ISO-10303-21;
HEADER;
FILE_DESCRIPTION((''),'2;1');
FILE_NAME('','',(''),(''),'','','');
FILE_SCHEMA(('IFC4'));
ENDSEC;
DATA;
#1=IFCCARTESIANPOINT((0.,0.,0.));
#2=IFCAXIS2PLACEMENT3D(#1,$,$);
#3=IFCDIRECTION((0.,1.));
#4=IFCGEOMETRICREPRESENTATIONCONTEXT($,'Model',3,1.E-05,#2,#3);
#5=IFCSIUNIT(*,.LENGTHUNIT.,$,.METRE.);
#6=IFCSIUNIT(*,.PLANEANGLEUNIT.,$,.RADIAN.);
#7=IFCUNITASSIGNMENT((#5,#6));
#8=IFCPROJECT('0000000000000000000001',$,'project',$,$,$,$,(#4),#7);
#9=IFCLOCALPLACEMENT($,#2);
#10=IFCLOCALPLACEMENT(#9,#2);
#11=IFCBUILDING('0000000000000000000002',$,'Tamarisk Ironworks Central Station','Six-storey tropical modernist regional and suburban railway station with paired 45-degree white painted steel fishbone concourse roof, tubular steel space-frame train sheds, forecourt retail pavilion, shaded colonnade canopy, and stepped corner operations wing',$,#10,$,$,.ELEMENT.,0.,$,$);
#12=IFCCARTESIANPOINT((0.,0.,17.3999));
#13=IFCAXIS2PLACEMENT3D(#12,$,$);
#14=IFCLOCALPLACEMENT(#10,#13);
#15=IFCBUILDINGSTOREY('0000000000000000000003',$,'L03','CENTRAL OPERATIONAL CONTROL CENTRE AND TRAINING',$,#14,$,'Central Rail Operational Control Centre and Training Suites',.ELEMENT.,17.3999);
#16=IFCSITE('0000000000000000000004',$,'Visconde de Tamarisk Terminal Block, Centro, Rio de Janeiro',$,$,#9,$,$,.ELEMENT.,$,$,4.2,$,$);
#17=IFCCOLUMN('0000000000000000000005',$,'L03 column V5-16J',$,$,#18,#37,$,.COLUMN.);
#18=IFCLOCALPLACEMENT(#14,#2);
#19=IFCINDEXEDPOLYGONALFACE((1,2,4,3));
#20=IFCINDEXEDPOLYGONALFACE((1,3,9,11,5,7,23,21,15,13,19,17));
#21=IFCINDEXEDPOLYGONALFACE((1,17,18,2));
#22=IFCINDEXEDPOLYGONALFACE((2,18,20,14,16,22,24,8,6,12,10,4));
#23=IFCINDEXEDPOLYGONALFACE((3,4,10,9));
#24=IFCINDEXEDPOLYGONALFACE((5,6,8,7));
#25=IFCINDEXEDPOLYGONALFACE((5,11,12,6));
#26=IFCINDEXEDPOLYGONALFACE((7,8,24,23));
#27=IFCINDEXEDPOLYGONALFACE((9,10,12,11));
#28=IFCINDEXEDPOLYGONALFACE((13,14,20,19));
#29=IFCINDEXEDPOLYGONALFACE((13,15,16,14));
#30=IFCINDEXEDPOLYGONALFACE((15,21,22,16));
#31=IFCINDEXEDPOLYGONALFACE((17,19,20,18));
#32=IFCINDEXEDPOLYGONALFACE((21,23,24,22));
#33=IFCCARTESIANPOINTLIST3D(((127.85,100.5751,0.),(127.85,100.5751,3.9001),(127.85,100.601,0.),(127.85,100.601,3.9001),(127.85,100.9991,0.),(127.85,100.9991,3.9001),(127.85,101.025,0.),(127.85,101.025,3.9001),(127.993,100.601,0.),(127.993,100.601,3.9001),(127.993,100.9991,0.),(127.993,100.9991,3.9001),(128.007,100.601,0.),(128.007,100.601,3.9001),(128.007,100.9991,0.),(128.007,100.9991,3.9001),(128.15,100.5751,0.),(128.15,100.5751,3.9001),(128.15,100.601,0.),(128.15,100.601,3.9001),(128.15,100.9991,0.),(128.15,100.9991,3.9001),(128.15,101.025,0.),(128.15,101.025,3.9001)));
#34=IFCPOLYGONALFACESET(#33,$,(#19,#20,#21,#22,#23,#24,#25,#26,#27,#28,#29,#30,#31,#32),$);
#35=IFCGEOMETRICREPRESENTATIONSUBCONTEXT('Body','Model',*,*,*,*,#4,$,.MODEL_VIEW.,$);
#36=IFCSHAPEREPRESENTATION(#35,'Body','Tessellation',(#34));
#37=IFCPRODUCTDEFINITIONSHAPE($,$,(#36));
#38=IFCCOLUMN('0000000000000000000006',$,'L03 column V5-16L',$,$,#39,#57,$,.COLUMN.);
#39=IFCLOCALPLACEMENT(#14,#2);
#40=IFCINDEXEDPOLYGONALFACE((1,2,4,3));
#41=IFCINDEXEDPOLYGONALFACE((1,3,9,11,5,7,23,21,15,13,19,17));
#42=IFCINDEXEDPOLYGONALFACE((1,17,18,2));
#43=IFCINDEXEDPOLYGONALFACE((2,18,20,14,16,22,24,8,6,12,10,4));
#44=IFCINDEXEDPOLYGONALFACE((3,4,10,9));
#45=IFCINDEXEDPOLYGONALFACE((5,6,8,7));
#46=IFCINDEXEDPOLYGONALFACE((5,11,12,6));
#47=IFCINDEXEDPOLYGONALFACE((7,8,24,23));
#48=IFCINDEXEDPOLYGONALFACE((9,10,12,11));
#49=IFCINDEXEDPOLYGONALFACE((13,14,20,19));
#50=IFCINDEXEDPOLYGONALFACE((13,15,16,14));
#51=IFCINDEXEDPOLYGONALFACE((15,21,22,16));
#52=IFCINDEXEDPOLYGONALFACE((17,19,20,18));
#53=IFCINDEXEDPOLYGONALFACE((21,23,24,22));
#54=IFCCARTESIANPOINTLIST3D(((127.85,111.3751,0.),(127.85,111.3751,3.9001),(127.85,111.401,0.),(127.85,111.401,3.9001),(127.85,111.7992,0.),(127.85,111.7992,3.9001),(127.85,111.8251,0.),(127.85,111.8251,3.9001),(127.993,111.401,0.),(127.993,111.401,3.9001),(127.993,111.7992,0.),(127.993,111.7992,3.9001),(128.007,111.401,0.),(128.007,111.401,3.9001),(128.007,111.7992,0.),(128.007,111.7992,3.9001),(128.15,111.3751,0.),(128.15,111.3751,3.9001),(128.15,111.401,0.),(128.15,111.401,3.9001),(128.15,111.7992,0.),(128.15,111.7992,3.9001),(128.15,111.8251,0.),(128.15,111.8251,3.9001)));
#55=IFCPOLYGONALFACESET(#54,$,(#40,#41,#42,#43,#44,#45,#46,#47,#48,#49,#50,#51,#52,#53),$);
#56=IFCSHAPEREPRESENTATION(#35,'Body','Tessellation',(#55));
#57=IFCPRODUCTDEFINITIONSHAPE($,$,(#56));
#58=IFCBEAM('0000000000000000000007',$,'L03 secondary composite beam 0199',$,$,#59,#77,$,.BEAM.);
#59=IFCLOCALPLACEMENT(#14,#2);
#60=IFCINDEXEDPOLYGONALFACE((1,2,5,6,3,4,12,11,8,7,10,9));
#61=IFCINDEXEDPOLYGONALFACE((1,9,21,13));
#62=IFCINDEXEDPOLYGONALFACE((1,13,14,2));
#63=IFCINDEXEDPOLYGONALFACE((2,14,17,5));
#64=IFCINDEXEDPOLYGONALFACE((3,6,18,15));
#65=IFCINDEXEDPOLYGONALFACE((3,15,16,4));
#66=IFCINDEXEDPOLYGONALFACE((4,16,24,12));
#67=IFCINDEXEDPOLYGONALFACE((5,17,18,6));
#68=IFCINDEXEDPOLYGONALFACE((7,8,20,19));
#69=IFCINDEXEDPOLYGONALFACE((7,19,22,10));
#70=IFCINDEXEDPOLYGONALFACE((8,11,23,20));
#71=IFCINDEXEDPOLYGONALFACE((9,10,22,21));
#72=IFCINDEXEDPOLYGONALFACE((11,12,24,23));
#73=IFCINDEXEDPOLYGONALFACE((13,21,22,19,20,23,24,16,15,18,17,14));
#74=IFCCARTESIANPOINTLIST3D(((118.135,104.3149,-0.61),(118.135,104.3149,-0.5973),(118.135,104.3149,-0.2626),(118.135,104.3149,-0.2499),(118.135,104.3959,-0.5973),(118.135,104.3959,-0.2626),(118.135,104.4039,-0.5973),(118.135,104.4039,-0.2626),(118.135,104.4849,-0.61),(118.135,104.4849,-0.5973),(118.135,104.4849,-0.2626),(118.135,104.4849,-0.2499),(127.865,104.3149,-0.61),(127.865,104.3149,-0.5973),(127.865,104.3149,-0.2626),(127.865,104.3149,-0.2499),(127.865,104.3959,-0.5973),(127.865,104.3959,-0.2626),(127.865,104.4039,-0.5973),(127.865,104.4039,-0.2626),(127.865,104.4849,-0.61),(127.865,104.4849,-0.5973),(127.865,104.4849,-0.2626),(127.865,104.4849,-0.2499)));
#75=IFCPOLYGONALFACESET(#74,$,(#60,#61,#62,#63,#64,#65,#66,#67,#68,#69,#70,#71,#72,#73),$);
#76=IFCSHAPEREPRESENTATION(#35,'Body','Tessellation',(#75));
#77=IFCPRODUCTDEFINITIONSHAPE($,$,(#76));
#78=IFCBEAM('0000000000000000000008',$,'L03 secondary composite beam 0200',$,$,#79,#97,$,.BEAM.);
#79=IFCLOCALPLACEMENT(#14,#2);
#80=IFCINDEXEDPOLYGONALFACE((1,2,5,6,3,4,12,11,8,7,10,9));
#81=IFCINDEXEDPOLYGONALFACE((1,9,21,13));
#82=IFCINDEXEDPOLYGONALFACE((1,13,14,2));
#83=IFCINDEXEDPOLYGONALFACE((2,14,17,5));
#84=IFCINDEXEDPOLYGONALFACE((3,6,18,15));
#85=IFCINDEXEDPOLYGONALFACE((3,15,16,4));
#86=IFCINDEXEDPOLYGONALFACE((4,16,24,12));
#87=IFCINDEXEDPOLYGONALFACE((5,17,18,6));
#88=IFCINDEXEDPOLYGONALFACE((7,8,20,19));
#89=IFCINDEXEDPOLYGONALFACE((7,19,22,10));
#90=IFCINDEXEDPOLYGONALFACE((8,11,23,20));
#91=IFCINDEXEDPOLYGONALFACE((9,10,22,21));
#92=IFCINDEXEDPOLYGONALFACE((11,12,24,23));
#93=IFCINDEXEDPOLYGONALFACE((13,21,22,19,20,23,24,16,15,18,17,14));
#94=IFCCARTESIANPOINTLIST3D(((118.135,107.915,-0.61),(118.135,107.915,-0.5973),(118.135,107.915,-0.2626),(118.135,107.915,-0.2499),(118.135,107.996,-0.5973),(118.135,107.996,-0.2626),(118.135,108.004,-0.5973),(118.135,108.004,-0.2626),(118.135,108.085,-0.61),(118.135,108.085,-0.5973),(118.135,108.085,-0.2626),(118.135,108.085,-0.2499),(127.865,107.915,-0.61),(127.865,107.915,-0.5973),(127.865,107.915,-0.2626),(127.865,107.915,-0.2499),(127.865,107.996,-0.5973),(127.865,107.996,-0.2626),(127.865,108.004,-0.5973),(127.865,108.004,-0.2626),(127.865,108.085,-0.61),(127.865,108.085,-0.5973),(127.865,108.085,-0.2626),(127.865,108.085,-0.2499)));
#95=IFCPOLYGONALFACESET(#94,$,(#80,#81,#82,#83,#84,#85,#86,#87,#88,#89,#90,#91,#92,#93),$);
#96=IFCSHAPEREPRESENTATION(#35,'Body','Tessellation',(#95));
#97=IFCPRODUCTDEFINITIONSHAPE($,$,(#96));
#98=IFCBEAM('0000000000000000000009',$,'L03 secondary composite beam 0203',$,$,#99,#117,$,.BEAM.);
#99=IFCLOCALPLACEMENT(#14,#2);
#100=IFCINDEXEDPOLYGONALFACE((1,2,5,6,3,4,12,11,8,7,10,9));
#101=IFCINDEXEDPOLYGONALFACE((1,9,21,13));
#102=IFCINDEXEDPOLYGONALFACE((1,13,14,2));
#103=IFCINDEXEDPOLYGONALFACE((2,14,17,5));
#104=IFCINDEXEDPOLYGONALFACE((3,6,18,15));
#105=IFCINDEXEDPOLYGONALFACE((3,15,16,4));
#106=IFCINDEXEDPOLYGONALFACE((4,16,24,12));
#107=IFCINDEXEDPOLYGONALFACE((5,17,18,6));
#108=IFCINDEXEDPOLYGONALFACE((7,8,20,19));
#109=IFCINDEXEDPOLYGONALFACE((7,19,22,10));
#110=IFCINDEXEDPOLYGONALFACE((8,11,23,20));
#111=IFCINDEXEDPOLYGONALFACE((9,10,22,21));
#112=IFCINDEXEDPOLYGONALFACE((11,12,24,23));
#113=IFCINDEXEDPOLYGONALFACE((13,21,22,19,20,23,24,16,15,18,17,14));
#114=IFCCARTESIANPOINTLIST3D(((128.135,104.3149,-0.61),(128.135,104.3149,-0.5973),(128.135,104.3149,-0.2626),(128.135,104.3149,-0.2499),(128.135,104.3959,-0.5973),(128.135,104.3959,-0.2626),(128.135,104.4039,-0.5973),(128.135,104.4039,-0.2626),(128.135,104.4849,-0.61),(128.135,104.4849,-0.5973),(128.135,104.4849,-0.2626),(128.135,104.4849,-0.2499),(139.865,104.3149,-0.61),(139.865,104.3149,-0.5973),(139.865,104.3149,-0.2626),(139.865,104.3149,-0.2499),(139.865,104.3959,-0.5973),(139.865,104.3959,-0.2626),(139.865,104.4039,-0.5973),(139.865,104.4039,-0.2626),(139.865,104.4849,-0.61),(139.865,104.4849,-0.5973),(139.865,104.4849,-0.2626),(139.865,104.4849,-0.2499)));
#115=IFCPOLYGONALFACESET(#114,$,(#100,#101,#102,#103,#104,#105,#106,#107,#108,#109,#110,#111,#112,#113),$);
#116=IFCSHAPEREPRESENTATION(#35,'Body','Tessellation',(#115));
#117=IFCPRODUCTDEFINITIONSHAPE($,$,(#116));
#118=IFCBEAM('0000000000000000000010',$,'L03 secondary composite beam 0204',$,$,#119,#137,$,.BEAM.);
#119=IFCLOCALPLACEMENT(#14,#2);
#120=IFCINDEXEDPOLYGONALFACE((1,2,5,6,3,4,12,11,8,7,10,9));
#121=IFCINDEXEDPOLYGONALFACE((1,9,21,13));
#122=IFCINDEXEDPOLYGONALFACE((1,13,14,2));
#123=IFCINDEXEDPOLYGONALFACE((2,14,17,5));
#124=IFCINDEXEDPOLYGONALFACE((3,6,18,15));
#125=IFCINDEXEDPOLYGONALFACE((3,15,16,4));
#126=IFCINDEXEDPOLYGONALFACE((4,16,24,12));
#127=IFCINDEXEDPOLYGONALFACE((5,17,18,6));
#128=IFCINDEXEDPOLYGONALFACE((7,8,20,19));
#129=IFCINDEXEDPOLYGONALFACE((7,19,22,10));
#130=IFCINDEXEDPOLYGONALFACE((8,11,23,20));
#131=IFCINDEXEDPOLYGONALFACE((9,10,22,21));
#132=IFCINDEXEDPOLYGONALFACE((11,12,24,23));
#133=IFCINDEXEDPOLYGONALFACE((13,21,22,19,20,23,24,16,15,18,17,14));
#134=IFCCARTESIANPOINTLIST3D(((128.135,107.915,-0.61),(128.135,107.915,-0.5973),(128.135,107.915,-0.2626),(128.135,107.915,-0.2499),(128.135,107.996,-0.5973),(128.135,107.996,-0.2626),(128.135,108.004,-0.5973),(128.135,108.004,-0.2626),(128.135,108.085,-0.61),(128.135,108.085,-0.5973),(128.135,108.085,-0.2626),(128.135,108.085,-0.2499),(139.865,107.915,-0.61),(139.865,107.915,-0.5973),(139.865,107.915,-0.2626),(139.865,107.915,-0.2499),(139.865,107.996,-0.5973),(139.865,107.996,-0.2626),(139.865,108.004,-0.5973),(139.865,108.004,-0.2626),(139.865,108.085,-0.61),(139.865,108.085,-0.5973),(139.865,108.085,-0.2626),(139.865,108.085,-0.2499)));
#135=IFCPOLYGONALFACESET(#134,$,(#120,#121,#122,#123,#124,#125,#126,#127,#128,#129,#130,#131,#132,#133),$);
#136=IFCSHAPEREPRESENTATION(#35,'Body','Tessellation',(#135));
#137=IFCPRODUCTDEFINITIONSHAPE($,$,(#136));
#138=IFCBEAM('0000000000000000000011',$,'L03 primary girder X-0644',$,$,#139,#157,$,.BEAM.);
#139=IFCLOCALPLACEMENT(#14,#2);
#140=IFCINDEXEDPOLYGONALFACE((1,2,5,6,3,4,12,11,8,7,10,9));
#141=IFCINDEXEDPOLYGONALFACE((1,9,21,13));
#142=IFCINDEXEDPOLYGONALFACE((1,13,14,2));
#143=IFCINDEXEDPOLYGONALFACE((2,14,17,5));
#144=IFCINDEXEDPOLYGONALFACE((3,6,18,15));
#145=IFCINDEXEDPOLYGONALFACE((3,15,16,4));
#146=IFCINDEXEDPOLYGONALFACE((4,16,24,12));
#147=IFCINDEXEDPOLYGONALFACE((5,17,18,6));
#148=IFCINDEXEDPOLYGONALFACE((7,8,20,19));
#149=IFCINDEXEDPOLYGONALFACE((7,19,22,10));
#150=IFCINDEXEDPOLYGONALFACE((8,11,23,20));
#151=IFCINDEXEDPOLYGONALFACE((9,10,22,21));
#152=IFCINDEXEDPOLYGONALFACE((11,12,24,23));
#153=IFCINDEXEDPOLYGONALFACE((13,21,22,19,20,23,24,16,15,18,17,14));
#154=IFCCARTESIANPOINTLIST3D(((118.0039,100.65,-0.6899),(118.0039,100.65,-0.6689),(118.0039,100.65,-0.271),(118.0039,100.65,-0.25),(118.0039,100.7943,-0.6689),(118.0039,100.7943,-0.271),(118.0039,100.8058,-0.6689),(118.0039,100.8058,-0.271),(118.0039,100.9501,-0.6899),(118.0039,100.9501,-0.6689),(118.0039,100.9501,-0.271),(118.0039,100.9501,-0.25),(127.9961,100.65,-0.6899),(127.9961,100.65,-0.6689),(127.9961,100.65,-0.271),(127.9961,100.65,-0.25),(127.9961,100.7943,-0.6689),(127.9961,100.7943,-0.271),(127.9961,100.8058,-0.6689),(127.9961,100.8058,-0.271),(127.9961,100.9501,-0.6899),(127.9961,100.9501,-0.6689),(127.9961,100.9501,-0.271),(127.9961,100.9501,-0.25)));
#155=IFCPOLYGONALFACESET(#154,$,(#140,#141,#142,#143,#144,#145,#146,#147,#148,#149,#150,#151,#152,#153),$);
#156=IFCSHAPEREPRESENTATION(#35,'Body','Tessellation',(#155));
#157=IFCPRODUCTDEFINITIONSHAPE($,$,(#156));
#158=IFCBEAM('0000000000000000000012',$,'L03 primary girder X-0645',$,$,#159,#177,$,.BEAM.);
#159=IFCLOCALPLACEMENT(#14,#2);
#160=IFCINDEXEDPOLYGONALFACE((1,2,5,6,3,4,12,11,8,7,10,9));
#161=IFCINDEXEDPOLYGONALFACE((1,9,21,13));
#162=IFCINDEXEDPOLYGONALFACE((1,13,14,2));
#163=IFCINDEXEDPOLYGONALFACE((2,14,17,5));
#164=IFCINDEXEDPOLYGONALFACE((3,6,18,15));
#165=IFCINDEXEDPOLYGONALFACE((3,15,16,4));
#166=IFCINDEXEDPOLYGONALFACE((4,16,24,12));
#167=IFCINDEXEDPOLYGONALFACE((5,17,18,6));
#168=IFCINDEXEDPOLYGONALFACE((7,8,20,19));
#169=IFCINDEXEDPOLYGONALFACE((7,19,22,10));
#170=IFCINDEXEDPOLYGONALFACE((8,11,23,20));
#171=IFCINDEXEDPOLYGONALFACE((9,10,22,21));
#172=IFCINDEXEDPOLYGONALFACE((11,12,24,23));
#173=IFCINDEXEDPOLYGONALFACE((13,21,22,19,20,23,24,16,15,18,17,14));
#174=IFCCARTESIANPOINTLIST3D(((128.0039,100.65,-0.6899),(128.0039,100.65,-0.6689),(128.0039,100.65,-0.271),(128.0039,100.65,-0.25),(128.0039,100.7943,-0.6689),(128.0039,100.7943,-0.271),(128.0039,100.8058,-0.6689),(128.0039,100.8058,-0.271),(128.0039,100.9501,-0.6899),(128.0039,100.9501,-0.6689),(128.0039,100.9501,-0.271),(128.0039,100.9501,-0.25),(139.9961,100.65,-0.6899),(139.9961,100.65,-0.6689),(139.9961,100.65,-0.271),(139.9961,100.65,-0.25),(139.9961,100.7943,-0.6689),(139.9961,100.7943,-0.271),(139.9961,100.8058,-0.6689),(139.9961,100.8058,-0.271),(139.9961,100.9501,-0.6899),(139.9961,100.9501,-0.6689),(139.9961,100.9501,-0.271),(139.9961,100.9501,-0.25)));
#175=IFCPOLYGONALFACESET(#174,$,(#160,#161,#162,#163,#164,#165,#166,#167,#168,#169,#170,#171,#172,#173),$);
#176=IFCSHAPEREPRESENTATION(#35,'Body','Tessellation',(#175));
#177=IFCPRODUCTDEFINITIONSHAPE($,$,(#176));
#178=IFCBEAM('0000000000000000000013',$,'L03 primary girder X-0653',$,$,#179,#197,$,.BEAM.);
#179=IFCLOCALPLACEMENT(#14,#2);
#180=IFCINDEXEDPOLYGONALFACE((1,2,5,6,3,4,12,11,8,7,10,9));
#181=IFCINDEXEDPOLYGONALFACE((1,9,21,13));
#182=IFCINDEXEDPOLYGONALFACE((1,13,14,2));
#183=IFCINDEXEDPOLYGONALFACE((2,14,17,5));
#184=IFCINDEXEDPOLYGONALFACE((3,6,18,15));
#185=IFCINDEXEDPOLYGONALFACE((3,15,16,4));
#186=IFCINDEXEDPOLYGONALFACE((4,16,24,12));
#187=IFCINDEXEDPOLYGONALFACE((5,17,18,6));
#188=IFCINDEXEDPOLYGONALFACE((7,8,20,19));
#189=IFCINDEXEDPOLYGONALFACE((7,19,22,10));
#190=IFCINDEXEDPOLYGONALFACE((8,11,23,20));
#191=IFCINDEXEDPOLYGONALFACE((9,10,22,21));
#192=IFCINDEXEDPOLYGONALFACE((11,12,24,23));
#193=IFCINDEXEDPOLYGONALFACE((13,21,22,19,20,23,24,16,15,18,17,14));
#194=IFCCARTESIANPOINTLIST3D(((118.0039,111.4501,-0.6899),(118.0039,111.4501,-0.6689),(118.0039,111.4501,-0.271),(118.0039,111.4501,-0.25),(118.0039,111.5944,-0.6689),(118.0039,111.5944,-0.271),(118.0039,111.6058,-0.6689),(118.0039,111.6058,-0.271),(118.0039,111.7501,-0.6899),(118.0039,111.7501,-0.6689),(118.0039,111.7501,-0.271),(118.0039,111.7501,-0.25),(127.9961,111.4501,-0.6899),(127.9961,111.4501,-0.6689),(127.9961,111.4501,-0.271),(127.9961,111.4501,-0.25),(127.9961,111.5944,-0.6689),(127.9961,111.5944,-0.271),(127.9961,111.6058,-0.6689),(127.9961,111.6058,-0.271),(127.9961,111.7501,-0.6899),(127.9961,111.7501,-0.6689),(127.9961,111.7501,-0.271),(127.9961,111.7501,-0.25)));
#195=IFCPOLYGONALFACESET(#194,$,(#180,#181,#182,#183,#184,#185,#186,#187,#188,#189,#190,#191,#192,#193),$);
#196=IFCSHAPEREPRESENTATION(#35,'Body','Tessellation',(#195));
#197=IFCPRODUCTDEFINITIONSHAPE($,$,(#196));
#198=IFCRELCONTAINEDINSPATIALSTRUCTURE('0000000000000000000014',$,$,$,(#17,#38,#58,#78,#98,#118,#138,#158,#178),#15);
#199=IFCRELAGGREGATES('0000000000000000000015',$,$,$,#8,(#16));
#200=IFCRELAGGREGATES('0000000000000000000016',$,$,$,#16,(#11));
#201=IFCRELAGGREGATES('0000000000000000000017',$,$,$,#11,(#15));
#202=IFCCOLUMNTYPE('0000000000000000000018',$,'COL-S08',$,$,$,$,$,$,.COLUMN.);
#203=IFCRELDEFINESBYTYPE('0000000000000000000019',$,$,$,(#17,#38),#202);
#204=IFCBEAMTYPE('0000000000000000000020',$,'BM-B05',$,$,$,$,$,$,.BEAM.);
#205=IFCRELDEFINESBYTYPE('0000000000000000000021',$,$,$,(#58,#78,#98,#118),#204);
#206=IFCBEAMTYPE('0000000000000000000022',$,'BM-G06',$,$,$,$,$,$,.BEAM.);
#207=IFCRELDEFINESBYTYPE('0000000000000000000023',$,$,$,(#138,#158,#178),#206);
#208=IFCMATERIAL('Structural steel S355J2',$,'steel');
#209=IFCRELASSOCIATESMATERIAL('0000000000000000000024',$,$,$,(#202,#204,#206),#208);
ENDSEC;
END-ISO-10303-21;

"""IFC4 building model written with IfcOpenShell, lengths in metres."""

from ifc_helpers import new_model, si_unit, direction, frame, origin, origin_2d, place, context, subcontext, project, spatial, i_section, extrude, material, material_profile, profile_set, type_object, element, save


model = new_model("IFC4")

# Units and contexts
model_context = context("Model", 3, precision=1e-05, world=origin(), true_north=direction((0.0, 1.0)))
body_context = subcontext(model_context, "Body", "Model", "MODEL_VIEW")
ifc_project = project(units=[si_unit("LENGTHUNIT", "METRE"), si_unit("PLANEANGLEUNIT", "RADIAN")], contexts=[model_context])

# Site, building, storey
site_placement = place(None, origin())
site = spatial("IfcSite", under=ifc_project, at=site_placement, Name="Visconde de Tamarisk Terminal Block, Centro, Rio de Janeiro", CompositionType="ELEMENT", RefElevation=4.2)
building_placement = place(site_placement, origin())
building = spatial("IfcBuilding", under=site, at=building_placement, Name="Tamarisk Ironworks Central Station", Description="Six-storey tropical modernist regional and suburban railway station with paired 45-degree white painted steel fishbone concourse roof, tubular steel space-frame train sheds, forecourt retail pavilion, shaded colonnade canopy, and stepped corner operations wing", CompositionType="ELEMENT", ElevationOfRefHeight=0.0)
storey_placement = place(building_placement, frame((0.0, 0.0, 17.3999)))
storey = spatial("IfcBuildingStorey", under=building, at=storey_placement, Name="L03", Description="CENTRAL OPERATIONAL CONTROL CENTRE AND TRAINING", LongName="Central Rail Operational Control Centre and Training Suites", CompositionType="ELEMENT", Elevation=17.3999)

# Columns
ifc_material_1 = material(Name="Structural steel S355J2", Category="steel")
ifc_material_profile_1 = material_profile(ifc_material_1, i_section(OverallWidth=0.3, OverallDepth=0.45, WebThickness=0.0139, FlangeThickness=0.0259, at=origin_2d()), Name="HEB 450")
ifc_profile_set_1 = profile_set([ifc_material_profile_1], Name="Structural steel S355J2")
column_type = type_object("IfcColumnType", Name="COL-S08", PredefinedType="COLUMN", material=ifc_profile_set_1)
for number, where, z_axis, x_axis, name in (
    (1, (128.0, 100.8, 0.0), (0.0, 0.0, 1.0), (1.0, 0.0, 0.0), "L03 column V5-16J"),
    (2, (128.0, 111.6001, 0.0), (0.0, 0.0, 1.0), (1.0, 0.0, 0.0), "L03 column V5-16L"),
):
    element("IfcColumn", number, at=place(storey_placement, frame(where, z_axis=z_axis, x_axis=x_axis)), inside=storey, type_object=column_type, Name=name, PredefinedType="COLUMN", context=body_context, shape_type="SweptSolid", body=[
        extrude(i_section(OverallWidth=0.3, OverallDepth=0.45, WebThickness=0.0139, FlangeThickness=0.0259, at=origin_2d()), origin(), (0.0, 0.0, 1.0), 3.9001),
    ])

# Beams
ifc_material_profile_2 = material_profile(ifc_material_1, i_section(OverallWidth=0.1699, OverallDepth=0.3601, WebThickness=0.0081, FlangeThickness=0.0127, at=origin_2d()), Name="IPE 360")
ifc_profile_set_2 = profile_set([ifc_material_profile_2], Name="Structural steel S355J2")
beam_type_1 = type_object("IfcBeamType", Name="BM-B05", PredefinedType="BEAM", material=ifc_profile_set_2)
for number, where, z_axis, x_axis, name in (
    (3, (118.135, 104.3999, -0.4299), (1.0, 0.0, 0.0), (0.0, 1.0, 0.0), "L03 secondary composite beam 0199"),
    (4, (118.135, 108.0, -0.4299), (1.0, 0.0, 0.0), (0.0, 1.0, 0.0), "L03 secondary composite beam 0200"),
):
    element("IfcBeam", number, at=place(storey_placement, frame(where, z_axis=z_axis, x_axis=x_axis)), inside=storey, type_object=beam_type_1, Name=name, PredefinedType="BEAM", context=body_context, shape_type="SweptSolid", body=[
        extrude(i_section(OverallWidth=0.1699, OverallDepth=0.3601, WebThickness=0.0081, FlangeThickness=0.0127, at=origin_2d()), origin(), (0.0, 0.0, 1.0), 9.73),
    ])
for number, where, z_axis, x_axis, name in (
    (5, (128.135, 104.3999, -0.4299), (1.0, 0.0, 0.0), (0.0, 1.0, 0.0), "L03 secondary composite beam 0203"),
    (6, (128.135, 108.0, -0.4299), (1.0, 0.0, 0.0), (0.0, 1.0, 0.0), "L03 secondary composite beam 0204"),
):
    element("IfcBeam", number, at=place(storey_placement, frame(where, z_axis=z_axis, x_axis=x_axis)), inside=storey, type_object=beam_type_1, Name=name, PredefinedType="BEAM", context=body_context, shape_type="SweptSolid", body=[
        extrude(i_section(OverallWidth=0.1699, OverallDepth=0.3601, WebThickness=0.0081, FlangeThickness=0.0127, at=origin_2d()), origin(), (0.0, 0.0, 1.0), 11.73),
    ])
ifc_material_profile_3 = material_profile(ifc_material_1, i_section(OverallWidth=0.3, OverallDepth=0.4399, WebThickness=0.0115, FlangeThickness=0.021, at=origin_2d()), Name="HEA 450")
ifc_profile_set_3 = profile_set([ifc_material_profile_3], Name="Structural steel S355J2")
beam_type_2 = type_object("IfcBeamType", Name="BM-G06", PredefinedType="BEAM", material=ifc_profile_set_3)
beam_1_placement = place(storey_placement, frame((118.0039, 100.8, -0.47), z_axis=(1.0, 0.0, 0.0), x_axis=(0.0, 1.0, 0.0)))
element("IfcBeam", 7, at=beam_1_placement, inside=storey, type_object=beam_type_2, Name="L03 primary girder X-0644", PredefinedType="BEAM", context=body_context, shape_type="SweptSolid", body=[
    extrude(i_section(OverallWidth=0.3, OverallDepth=0.4399, WebThickness=0.0115, FlangeThickness=0.021, at=origin_2d()), origin(), (0.0, 0.0, 1.0), 9.9922),
])
beam_2_placement = place(storey_placement, frame((128.0039, 100.8, -0.47), z_axis=(1.0, 0.0, 0.0), x_axis=(0.0, 1.0, 0.0)))
element("IfcBeam", 8, at=beam_2_placement, inside=storey, type_object=beam_type_2, Name="L03 primary girder X-0645", PredefinedType="BEAM", context=body_context, shape_type="SweptSolid", body=[
    extrude(i_section(OverallWidth=0.3, OverallDepth=0.4399, WebThickness=0.0115, FlangeThickness=0.021, at=origin_2d()), origin(), (0.0, 0.0, 1.0), 11.9922),
])
beam_3_placement = place(storey_placement, frame((118.0039, 111.6001, -0.47), z_axis=(1.0, 0.0, 0.0), x_axis=(0.0, 1.0, 0.0)))
element("IfcBeam", 9, at=beam_3_placement, inside=storey, type_object=beam_type_2, Name="L03 primary girder X-0653", PredefinedType="BEAM", context=body_context, shape_type="SweptSolid", body=[
    extrude(i_section(OverallWidth=0.3, OverallDepth=0.4399, WebThickness=0.0115, FlangeThickness=0.021, at=origin_2d()), origin(), (0.0, 0.0, 1.0), 9.9922),
])

save(model, "model.ifc")
